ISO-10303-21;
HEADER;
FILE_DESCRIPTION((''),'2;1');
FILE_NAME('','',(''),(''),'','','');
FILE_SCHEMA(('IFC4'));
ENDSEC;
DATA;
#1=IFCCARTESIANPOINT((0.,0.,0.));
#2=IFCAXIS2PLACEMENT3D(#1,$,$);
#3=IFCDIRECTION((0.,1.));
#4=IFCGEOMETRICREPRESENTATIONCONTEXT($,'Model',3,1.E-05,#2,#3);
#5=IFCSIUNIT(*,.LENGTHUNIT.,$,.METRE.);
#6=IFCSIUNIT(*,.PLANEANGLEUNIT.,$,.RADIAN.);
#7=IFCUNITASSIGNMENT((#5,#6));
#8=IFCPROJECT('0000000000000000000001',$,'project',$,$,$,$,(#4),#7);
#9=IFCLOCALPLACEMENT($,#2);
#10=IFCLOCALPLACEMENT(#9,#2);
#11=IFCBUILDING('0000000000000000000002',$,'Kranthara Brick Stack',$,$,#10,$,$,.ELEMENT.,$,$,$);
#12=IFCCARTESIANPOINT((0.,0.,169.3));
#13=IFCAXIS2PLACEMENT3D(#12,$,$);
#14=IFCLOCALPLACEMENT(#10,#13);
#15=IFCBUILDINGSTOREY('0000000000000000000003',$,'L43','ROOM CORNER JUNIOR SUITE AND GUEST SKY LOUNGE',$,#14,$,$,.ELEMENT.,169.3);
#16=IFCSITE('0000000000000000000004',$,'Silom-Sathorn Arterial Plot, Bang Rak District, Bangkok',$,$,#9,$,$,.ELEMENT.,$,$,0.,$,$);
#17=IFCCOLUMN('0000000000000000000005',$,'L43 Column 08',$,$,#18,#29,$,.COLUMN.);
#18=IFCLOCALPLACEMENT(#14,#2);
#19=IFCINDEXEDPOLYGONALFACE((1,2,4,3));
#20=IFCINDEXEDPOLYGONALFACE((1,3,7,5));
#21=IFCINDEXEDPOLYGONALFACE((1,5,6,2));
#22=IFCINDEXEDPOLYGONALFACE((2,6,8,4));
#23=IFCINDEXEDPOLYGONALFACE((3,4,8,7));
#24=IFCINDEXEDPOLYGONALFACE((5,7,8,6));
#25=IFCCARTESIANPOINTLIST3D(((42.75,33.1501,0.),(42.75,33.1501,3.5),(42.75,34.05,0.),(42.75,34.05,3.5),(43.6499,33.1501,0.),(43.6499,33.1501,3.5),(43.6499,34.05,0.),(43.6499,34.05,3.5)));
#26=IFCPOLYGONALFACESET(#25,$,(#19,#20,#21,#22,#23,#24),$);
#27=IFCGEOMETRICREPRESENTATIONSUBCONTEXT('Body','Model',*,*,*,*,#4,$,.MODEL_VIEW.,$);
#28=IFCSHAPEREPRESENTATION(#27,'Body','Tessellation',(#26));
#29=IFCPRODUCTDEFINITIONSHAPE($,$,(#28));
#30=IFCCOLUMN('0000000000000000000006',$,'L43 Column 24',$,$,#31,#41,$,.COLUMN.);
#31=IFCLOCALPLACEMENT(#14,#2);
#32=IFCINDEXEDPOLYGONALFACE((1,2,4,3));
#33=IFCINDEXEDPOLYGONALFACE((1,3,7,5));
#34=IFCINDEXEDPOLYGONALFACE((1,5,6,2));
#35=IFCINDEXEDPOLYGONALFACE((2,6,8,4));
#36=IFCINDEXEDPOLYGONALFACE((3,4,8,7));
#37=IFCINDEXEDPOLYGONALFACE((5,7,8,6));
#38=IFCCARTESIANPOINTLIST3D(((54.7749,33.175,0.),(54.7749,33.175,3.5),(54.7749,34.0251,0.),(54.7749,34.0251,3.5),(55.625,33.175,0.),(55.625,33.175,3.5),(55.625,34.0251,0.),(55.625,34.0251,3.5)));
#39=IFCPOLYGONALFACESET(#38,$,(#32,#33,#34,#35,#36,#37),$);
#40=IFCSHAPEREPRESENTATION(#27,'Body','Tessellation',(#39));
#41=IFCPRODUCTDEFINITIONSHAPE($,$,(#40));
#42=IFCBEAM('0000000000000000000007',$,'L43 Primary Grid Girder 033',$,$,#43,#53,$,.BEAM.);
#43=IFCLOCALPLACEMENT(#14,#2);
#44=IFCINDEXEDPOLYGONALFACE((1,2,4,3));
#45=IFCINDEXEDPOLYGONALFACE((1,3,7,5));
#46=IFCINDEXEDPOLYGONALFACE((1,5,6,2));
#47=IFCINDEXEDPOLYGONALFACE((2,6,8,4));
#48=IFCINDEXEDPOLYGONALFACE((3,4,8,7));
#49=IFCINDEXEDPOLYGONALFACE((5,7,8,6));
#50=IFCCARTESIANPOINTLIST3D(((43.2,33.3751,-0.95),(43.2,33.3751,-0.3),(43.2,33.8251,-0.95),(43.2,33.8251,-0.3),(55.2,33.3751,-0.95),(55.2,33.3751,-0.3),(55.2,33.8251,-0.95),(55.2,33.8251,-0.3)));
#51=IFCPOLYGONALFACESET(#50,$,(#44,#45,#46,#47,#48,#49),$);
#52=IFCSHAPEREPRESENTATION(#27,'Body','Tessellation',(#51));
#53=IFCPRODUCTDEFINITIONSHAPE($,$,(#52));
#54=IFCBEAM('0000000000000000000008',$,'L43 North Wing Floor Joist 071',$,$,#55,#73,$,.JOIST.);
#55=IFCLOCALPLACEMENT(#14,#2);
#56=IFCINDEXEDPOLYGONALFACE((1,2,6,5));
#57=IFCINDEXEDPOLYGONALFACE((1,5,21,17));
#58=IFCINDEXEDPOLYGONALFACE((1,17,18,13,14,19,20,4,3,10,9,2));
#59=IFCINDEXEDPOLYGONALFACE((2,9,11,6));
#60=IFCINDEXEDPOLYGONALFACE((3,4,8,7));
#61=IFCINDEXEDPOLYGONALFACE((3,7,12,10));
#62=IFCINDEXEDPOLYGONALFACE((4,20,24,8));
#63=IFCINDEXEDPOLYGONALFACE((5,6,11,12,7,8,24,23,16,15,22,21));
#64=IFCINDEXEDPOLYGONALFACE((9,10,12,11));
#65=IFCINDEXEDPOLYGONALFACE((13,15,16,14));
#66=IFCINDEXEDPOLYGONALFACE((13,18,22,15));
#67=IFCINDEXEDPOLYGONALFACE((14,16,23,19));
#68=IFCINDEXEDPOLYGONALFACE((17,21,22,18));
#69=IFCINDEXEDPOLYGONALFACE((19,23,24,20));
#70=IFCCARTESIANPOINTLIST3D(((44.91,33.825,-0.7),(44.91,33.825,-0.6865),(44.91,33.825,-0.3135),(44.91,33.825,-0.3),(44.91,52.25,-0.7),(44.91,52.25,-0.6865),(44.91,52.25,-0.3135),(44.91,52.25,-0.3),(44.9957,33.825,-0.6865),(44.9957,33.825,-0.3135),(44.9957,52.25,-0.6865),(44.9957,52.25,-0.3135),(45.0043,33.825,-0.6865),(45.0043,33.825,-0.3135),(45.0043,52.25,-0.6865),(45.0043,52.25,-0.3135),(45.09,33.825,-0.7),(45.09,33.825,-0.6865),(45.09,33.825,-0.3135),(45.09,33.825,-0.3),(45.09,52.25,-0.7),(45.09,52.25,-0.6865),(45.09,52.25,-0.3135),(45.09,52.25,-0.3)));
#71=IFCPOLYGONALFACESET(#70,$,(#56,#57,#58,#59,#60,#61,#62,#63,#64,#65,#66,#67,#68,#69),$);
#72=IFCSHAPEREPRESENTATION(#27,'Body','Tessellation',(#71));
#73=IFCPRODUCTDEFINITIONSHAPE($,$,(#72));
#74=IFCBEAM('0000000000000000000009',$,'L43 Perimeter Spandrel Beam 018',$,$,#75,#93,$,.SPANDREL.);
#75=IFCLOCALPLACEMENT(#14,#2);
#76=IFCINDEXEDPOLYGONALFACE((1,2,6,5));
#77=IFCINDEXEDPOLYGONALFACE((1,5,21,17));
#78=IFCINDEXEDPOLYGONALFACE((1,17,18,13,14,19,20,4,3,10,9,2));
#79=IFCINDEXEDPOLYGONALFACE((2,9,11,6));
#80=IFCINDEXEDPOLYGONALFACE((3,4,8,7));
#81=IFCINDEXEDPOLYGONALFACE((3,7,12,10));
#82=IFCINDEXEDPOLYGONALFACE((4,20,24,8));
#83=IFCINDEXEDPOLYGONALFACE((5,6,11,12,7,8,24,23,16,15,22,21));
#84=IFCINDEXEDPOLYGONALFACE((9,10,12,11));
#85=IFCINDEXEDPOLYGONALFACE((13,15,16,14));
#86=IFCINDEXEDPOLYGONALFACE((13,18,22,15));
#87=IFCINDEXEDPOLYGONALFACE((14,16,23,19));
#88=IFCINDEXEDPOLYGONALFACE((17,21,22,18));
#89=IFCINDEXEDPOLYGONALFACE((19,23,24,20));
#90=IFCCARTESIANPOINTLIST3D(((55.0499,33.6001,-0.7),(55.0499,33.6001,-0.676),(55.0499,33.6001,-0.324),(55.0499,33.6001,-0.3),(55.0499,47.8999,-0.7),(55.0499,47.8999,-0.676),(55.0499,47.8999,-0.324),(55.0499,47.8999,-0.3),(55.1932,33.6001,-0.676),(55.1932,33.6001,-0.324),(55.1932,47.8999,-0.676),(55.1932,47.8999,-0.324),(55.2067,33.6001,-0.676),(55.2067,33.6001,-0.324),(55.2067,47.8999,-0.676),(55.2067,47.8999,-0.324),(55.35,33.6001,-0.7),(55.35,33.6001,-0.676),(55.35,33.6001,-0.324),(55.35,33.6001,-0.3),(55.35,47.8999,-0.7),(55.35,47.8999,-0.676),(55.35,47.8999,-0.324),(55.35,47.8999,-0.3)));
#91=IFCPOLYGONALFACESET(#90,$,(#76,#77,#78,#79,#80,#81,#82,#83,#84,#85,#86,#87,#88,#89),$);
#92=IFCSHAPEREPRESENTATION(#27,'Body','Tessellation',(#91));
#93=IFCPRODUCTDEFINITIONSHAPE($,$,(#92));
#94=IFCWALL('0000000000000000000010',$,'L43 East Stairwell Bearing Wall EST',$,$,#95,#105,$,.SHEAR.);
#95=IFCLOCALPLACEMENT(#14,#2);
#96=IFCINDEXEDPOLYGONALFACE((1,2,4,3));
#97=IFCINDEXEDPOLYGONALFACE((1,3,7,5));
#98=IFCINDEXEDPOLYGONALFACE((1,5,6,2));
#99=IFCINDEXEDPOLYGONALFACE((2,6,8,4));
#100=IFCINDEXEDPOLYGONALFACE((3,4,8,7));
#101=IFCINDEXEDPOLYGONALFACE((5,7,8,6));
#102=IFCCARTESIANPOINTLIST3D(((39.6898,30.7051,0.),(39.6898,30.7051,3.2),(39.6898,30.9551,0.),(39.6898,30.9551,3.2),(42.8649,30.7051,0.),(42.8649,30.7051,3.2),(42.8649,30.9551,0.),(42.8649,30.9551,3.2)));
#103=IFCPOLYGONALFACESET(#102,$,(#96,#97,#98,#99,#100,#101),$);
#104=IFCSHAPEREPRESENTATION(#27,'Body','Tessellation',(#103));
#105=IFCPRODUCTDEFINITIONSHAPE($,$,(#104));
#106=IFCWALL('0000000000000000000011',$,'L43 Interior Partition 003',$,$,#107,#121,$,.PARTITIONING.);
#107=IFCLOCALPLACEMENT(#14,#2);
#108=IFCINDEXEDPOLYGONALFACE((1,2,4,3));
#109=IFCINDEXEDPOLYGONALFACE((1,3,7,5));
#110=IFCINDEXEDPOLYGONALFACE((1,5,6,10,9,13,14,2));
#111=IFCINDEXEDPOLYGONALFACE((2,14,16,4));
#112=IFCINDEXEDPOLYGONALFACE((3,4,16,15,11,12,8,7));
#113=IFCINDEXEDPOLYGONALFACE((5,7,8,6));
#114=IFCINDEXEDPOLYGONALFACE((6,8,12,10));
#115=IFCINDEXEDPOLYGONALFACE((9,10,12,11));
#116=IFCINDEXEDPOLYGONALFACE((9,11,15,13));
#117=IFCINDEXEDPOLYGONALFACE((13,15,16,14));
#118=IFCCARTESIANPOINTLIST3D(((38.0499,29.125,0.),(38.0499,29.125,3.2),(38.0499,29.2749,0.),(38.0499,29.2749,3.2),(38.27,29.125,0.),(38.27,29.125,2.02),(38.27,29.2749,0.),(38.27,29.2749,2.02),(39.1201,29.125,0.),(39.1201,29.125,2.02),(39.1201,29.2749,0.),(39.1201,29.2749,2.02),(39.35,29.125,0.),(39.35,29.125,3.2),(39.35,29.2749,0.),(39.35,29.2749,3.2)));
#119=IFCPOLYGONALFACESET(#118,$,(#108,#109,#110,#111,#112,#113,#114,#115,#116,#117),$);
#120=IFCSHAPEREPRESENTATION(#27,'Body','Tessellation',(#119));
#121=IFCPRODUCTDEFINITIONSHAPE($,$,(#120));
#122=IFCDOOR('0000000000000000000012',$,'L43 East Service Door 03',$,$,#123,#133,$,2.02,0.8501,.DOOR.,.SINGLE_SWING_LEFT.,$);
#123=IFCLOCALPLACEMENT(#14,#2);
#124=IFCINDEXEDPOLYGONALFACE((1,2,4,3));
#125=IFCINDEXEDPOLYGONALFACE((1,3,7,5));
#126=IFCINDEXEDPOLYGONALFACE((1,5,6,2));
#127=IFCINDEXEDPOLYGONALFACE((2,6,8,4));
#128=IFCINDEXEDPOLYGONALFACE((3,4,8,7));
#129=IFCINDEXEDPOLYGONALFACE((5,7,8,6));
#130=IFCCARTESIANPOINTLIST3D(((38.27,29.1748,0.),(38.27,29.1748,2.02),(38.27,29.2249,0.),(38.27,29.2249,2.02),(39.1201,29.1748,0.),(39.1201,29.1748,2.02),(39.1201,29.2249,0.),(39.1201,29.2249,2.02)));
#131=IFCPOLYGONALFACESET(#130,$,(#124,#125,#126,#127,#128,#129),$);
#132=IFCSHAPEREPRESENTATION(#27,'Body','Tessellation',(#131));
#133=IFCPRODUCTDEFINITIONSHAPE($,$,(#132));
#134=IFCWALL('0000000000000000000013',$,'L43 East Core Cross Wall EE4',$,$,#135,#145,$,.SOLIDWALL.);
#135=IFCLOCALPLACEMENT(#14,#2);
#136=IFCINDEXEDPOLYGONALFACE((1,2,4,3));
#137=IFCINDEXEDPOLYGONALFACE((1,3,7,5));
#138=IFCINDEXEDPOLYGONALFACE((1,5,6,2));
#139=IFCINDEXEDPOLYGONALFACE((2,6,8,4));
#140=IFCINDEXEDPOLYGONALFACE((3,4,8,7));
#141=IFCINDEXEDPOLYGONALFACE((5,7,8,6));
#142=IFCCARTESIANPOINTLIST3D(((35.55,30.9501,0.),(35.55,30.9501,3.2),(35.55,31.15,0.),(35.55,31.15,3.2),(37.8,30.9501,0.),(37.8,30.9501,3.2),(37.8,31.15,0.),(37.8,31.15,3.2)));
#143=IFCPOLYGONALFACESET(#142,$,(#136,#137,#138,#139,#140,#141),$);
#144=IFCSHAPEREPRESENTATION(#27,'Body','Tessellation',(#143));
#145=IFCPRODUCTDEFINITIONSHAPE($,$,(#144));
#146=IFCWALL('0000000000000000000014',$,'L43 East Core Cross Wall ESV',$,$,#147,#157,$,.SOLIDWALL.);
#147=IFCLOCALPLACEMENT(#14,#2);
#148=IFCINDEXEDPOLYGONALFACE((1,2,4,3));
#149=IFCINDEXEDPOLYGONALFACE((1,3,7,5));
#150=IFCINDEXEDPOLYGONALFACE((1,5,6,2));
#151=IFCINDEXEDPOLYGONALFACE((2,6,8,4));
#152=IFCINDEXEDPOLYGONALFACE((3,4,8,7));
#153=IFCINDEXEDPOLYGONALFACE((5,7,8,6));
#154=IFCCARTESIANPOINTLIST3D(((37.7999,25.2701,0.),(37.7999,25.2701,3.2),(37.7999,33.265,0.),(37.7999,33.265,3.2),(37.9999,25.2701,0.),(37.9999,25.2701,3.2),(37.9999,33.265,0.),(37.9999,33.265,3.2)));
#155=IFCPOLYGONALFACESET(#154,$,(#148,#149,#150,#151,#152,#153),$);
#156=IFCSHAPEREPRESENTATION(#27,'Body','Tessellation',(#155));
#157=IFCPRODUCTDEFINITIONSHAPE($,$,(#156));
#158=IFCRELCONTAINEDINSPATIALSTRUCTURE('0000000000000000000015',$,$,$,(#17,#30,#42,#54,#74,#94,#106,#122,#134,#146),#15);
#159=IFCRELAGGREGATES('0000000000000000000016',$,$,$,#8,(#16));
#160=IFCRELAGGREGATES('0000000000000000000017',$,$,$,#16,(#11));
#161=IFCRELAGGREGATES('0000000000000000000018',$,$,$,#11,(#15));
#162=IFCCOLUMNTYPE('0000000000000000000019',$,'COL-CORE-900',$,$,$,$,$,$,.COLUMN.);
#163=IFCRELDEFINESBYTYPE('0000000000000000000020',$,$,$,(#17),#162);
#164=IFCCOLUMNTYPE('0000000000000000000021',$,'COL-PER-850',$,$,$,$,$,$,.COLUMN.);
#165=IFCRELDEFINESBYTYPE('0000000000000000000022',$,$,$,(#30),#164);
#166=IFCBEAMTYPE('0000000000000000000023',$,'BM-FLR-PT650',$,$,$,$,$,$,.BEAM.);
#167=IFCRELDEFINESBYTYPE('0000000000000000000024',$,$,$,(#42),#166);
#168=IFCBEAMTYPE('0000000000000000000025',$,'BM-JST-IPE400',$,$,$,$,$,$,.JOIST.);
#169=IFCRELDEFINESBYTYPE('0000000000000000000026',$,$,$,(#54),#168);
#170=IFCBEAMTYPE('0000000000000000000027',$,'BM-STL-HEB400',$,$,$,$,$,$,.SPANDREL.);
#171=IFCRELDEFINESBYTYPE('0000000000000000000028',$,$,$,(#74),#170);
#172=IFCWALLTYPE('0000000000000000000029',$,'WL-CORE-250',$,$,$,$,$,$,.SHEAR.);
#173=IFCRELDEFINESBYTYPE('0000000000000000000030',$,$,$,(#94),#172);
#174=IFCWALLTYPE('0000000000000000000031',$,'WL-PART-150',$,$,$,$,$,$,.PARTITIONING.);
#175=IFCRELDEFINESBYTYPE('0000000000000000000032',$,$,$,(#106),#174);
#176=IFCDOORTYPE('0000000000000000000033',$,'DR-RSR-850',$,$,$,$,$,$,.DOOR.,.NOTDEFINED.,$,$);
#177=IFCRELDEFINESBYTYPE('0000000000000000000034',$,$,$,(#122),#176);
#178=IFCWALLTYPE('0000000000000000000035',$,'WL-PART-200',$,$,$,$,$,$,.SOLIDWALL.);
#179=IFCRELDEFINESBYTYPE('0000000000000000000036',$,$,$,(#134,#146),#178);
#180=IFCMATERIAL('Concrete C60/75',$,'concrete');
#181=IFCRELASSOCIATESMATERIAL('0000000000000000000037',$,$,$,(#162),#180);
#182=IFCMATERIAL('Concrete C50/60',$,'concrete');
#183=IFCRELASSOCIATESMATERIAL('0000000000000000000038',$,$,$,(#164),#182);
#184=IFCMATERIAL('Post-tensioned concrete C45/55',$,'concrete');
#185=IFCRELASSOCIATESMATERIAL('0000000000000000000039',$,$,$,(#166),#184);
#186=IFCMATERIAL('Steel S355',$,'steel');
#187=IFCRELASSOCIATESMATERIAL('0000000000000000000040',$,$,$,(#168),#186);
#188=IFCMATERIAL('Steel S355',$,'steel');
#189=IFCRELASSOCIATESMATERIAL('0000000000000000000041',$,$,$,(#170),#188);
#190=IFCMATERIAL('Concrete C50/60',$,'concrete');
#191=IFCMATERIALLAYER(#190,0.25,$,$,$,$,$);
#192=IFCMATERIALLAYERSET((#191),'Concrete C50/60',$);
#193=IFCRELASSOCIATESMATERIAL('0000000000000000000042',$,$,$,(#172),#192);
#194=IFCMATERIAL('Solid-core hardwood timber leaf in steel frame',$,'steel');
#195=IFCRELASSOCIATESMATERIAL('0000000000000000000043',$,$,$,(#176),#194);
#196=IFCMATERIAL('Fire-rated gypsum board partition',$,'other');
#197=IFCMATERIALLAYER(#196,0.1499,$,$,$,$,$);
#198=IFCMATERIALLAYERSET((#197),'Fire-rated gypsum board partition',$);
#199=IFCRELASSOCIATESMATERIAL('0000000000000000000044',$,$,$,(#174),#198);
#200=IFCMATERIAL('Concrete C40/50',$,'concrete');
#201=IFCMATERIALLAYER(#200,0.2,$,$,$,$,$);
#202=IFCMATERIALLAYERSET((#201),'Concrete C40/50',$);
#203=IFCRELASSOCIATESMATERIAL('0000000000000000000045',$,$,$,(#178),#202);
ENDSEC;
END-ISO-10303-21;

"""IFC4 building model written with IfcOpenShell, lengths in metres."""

from ifc_helpers import new_model, si_unit, direction, frame, frame_2d, origin, origin_2d, place, context, subcontext, project, spatial, rectangle, i_section, extrude, material, layer, layer_set, material_profile, profile_set, type_object, element, fill, save


model = new_model("IFC4")

# Units and contexts
model_context = context("Model", 3, precision=1e-05, world=origin(), true_north=direction((0.0, 1.0)))
body_context = subcontext(model_context, "Body", "Model", "MODEL_VIEW")
ifc_project = project(units=[si_unit("LENGTHUNIT", "METRE"), si_unit("PLANEANGLEUNIT", "RADIAN")], contexts=[model_context])

# Site, building, storey
site_placement = place(None, origin())
site = spatial("IfcSite", under=ifc_project, at=site_placement, Name="Silom-Sathorn Arterial Plot, Bang Rak District, Bangkok", CompositionType="ELEMENT", RefElevation=0.0)
building_placement = place(site_placement, origin())
building = spatial("IfcBuilding", under=site, at=building_placement, Name="Kranthara Brick Stack", CompositionType="ELEMENT")
storey_placement = place(building_placement, frame((0.0, 0.0, 169.3)))
storey = spatial("IfcBuildingStorey", under=building, at=storey_placement, Name="L43", Description="ROOM CORNER JUNIOR SUITE AND GUEST SKY LOUNGE", CompositionType="ELEMENT", Elevation=169.3)

# Columns
ifc_material_1 = material(Name="Concrete C60/75", Category="concrete")
ifc_material_profile_1 = material_profile(ifc_material_1, rectangle(XDim=0.8999, YDim=0.8999, at=origin_2d()), Name="RC 900x900")
ifc_profile_set_1 = profile_set([ifc_material_profile_1], Name="Concrete C60/75")
column_type_1 = type_object("IfcColumnType", Name="COL-CORE-900", PredefinedType="COLUMN", material=ifc_profile_set_1)
column_1_placement = place(storey_placement, frame((43.2, 33.6001, 0.0), z_axis=(0.0, 0.0, 1.0), x_axis=(1.0, 0.0, 0.0)))
element("IfcColumn", 1, at=column_1_placement, inside=storey, type_object=column_type_1, Name="L43 Column 08", PredefinedType="COLUMN", context=body_context, shape_type="SweptSolid", body=[
    extrude(rectangle(XDim=0.8999, YDim=0.8999, at=origin_2d()), origin(), (0.0, 0.0, 1.0), 3.5),
])
ifc_material_2 = material(Name="Concrete C50/60", Category="concrete")
ifc_material_profile_2 = material_profile(ifc_material_2, rectangle(XDim=0.8501, YDim=0.8501, at=origin_2d()), Name="RC 850x850")
ifc_profile_set_2 = profile_set([ifc_material_profile_2], Name="Concrete C50/60")
column_type_2 = type_object("IfcColumnType", Name="COL-PER-850", PredefinedType="COLUMN", material=ifc_profile_set_2)
column_2_placement = place(storey_placement, frame((55.2, 33.6001, 0.0), z_axis=(0.0, 0.0, 1.0), x_axis=(1.0, 0.0, 0.0)))
element("IfcColumn", 2, at=column_2_placement, inside=storey, type_object=column_type_2, Name="L43 Column 24", PredefinedType="COLUMN", context=body_context, shape_type="SweptSolid", body=[
    extrude(rectangle(XDim=0.8501, YDim=0.8501, at=origin_2d()), origin(), (0.0, 0.0, 1.0), 3.5),
])

# Beams
ifc_material_3 = material(Name="Post-tensioned concrete C45/55", Category="concrete")
ifc_material_profile_3 = material_profile(ifc_material_3, rectangle(XDim=0.45, YDim=0.6499, at=origin_2d()), Name="PT 450x650")
ifc_profile_set_3 = profile_set([ifc_material_profile_3], Name="Post-tensioned concrete C45/55")
beam_type_1 = type_object("IfcBeamType", Name="BM-FLR-PT650", PredefinedType="BEAM", material=ifc_profile_set_3)
beam_1_placement = place(storey_placement, frame((43.2, 33.6001, -0.625), z_axis=(1.0, 0.0, 0.0), x_axis=(0.0, 1.0, 0.0)))
element("IfcBeam", 3, at=beam_1_placement, inside=storey, type_object=beam_type_1, Name="L43 Primary Grid Girder 033", PredefinedType="BEAM", context=body_context, shape_type="SweptSolid", body=[
    extrude(rectangle(XDim=0.45, YDim=0.6499, at=origin_2d()), origin(), (0.0, 0.0, 1.0), 12.0),
])
ifc_material_4 = material(Name="Steel S355", Category="steel")
ifc_material_profile_4 = material_profile(ifc_material_4, i_section(OverallWidth=0.1799, OverallDepth=0.3999, WebThickness=0.0085, FlangeThickness=0.0134, at=origin_2d()), Name="IPE 400")
ifc_profile_set_4 = profile_set([ifc_material_profile_4], Name="Steel S355")
beam_type_2 = type_object("IfcBeamType", Name="BM-JST-IPE400", PredefinedType="JOIST", material=ifc_profile_set_4)
beam_2_placement = place(storey_placement, frame((45.0, 33.825, -0.5), z_axis=(0.0, 1.0, 0.0), x_axis=(-1.0, 0.0, 0.0)))
element("IfcBeam", 4, at=beam_2_placement, inside=storey, type_object=beam_type_2, Name="L43 North Wing Floor Joist 071", PredefinedType="JOIST", context=body_context, shape_type="SweptSolid", body=[
    extrude(i_section(OverallWidth=0.1799, OverallDepth=0.3999, WebThickness=0.0085, FlangeThickness=0.0134, at=origin_2d()), origin(), (0.0, 0.0, 1.0), 18.425),
])
ifc_material_5 = material(Name="Steel S355", Category="steel")
ifc_material_profile_5 = material_profile(ifc_material_5, i_section(OverallWidth=0.3, OverallDepth=0.3999, WebThickness=0.0134, FlangeThickness=0.0239, at=origin_2d()), Name="HEB 400")
ifc_profile_set_5 = profile_set([ifc_material_profile_5], Name="Steel S355")
beam_type_3 = type_object("IfcBeamType", Name="BM-STL-HEB400", PredefinedType="SPANDREL", material=ifc_profile_set_5)
beam_3_placement = place(storey_placement, frame((55.2, 33.6001, -0.5), z_axis=(0.0, 1.0, 0.0), x_axis=(-1.0, 0.0, 0.0)))
element("IfcBeam", 5, at=beam_3_placement, inside=storey, type_object=beam_type_3, Name="L43 Perimeter Spandrel Beam 018", PredefinedType="SPANDREL", context=body_context, shape_type="SweptSolid", body=[
    extrude(i_section(OverallWidth=0.3, OverallDepth=0.3999, WebThickness=0.0134, FlangeThickness=0.0239, at=origin_2d()), origin(), (0.0, 0.0, 1.0), 14.2998),
])

# Wall
ifc_material_6 = material(Name="Concrete C50/60", Category="concrete")
ifc_layer_1 = layer(ifc_material_6, 0.25)
ifc_layer_set_1 = layer_set([ifc_layer_1], Name="Concrete C50/60")
wall_type_1 = type_object("IfcWallType", Name="WL-CORE-250", PredefinedType="SHEAR", material=ifc_layer_set_1)
wall_1_placement = place(storey_placement, frame((39.6899, 30.8301, 0.0), z_axis=(0.0, 0.0, 1.0), x_axis=(1.0, 0.0, 0.0)))
element("IfcWall", 6, at=wall_1_placement, inside=storey, type_object=wall_type_1, Name="L43 East Stairwell Bearing Wall EST", PredefinedType="SHEAR", context=body_context, shape_type="SweptSolid", body=[
    extrude(rectangle(XDim=3.175, YDim=0.25, at=frame_2d((1.5874, 0.0))), origin(), (0.0, 0.0, 1.0), 3.2),
])

# Shared definitions
ifc_material_7 = material(Name="Solid-core hardwood timber leaf in steel frame", Category="steel")
door_type_1 = type_object("IfcDoorType", Name="DR-RSR-850", OperationType="NOTDEFINED", PredefinedType="DOOR", material=ifc_material_7)

# Wall, opening, door
ifc_material_8 = material(Name="Fire-rated gypsum board partition", Category="other")
ifc_layer_2 = layer(ifc_material_8, 0.1499)
ifc_layer_set_2 = layer_set([ifc_layer_2], Name="Fire-rated gypsum board partition")
wall_type_2 = type_object("IfcWallType", Name="WL-PART-150", PredefinedType="PARTITIONING", material=ifc_layer_set_2)
wall_2_placement = place(storey_placement, frame((38.05, 29.2, 0.0), z_axis=(0.0, 0.0, 1.0), x_axis=(1.0, 0.0, 0.0)))
wall_2 = element("IfcWall", 7, at=wall_2_placement, inside=storey, type_object=wall_type_2, Name="L43 Interior Partition 003", PredefinedType="PARTITIONING", context=body_context, shape_type="SweptSolid", body=[
    extrude(rectangle(XDim=1.3, YDim=0.1499, at=frame_2d((0.6499, 0.0))), origin(), (0.0, 0.0, 1.0), 3.2),
])
opening_1_placement = place(wall_2_placement, frame((0.22, 0.0, 0.0)))
opening_1 = element("IfcOpeningElement", 8, at=opening_1_placement, cuts=wall_2, PredefinedType="OPENING", context=body_context, shape_type="SweptSolid", body=[
    extrude(rectangle(XDim=0.8501, YDim=2.02, at=frame_2d((0.425, 1.01))), frame((0.0, 0.085, 0.0), z_axis=(0.0, -1.0, 0.0), x_axis=(1.0, 0.0, 0.0)), (0.0, 0.0, 1.0), 0.1699),
])
door_1_placement = place(opening_1_placement, origin())
door_1 = element("IfcDoor", 9, at=door_1_placement, inside=storey, type_object=door_type_1, Name="L43 East Service Door 03", OperationType="SINGLE_SWING_LEFT", OverallHeight=2.02, OverallWidth=0.8501, PredefinedType="DOOR", context=body_context, shape_type="SweptSolid", body=[
    extrude(rectangle(XDim=0.8501, YDim=2.02, at=frame_2d((0.425, 1.01))), frame((0.0, 0.0249, 0.0), z_axis=(0.0, -1.0, 0.0), x_axis=(1.0, 0.0, 0.0)), (0.0, 0.0, 1.0), 0.05),
])
fill(opening_1, door_1)

# Walls
ifc_material_9 = material(Name="Concrete C40/50", Category="concrete")
ifc_layer_3 = layer(ifc_material_9, 0.2)
ifc_layer_set_3 = layer_set([ifc_layer_3], Name="Concrete C40/50")
wall_type_3 = type_object("IfcWallType", Name="WL-PART-200", PredefinedType="SOLIDWALL", material=ifc_layer_set_3)
wall_3_placement = place(storey_placement, frame((35.55, 31.05, 0.0), z_axis=(0.0, 0.0, 1.0), x_axis=(1.0, 0.0, 0.0)))
element("IfcWall", 10, at=wall_3_placement, inside=storey, type_object=wall_type_3, Name="L43 East Core Cross Wall EE4", PredefinedType="SOLIDWALL", context=body_context, shape_type="SweptSolid", body=[
    extrude(rectangle(XDim=2.25, YDim=0.2, at=frame_2d((1.125, 0.0))), origin(), (0.0, 0.0, 1.0), 3.2),
])
wall_4_placement = place(storey_placement, frame((37.8999, 25.27, 0.0), z_axis=(0.0, 0.0, 1.0), x_axis=(0.0, 1.0, 0.0)))
element("IfcWall", 11, at=wall_4_placement, inside=storey, type_object=wall_type_3, Name="L43 East Core Cross Wall ESV", PredefinedType="SOLIDWALL", context=body_context, shape_type="SweptSolid", body=[
    extrude(rectangle(XDim=7.9949, YDim=0.2, at=frame_2d((3.9976, 0.0))), origin(), (0.0, 0.0, 1.0), 3.2),
])

save(model, "model.ifc")
